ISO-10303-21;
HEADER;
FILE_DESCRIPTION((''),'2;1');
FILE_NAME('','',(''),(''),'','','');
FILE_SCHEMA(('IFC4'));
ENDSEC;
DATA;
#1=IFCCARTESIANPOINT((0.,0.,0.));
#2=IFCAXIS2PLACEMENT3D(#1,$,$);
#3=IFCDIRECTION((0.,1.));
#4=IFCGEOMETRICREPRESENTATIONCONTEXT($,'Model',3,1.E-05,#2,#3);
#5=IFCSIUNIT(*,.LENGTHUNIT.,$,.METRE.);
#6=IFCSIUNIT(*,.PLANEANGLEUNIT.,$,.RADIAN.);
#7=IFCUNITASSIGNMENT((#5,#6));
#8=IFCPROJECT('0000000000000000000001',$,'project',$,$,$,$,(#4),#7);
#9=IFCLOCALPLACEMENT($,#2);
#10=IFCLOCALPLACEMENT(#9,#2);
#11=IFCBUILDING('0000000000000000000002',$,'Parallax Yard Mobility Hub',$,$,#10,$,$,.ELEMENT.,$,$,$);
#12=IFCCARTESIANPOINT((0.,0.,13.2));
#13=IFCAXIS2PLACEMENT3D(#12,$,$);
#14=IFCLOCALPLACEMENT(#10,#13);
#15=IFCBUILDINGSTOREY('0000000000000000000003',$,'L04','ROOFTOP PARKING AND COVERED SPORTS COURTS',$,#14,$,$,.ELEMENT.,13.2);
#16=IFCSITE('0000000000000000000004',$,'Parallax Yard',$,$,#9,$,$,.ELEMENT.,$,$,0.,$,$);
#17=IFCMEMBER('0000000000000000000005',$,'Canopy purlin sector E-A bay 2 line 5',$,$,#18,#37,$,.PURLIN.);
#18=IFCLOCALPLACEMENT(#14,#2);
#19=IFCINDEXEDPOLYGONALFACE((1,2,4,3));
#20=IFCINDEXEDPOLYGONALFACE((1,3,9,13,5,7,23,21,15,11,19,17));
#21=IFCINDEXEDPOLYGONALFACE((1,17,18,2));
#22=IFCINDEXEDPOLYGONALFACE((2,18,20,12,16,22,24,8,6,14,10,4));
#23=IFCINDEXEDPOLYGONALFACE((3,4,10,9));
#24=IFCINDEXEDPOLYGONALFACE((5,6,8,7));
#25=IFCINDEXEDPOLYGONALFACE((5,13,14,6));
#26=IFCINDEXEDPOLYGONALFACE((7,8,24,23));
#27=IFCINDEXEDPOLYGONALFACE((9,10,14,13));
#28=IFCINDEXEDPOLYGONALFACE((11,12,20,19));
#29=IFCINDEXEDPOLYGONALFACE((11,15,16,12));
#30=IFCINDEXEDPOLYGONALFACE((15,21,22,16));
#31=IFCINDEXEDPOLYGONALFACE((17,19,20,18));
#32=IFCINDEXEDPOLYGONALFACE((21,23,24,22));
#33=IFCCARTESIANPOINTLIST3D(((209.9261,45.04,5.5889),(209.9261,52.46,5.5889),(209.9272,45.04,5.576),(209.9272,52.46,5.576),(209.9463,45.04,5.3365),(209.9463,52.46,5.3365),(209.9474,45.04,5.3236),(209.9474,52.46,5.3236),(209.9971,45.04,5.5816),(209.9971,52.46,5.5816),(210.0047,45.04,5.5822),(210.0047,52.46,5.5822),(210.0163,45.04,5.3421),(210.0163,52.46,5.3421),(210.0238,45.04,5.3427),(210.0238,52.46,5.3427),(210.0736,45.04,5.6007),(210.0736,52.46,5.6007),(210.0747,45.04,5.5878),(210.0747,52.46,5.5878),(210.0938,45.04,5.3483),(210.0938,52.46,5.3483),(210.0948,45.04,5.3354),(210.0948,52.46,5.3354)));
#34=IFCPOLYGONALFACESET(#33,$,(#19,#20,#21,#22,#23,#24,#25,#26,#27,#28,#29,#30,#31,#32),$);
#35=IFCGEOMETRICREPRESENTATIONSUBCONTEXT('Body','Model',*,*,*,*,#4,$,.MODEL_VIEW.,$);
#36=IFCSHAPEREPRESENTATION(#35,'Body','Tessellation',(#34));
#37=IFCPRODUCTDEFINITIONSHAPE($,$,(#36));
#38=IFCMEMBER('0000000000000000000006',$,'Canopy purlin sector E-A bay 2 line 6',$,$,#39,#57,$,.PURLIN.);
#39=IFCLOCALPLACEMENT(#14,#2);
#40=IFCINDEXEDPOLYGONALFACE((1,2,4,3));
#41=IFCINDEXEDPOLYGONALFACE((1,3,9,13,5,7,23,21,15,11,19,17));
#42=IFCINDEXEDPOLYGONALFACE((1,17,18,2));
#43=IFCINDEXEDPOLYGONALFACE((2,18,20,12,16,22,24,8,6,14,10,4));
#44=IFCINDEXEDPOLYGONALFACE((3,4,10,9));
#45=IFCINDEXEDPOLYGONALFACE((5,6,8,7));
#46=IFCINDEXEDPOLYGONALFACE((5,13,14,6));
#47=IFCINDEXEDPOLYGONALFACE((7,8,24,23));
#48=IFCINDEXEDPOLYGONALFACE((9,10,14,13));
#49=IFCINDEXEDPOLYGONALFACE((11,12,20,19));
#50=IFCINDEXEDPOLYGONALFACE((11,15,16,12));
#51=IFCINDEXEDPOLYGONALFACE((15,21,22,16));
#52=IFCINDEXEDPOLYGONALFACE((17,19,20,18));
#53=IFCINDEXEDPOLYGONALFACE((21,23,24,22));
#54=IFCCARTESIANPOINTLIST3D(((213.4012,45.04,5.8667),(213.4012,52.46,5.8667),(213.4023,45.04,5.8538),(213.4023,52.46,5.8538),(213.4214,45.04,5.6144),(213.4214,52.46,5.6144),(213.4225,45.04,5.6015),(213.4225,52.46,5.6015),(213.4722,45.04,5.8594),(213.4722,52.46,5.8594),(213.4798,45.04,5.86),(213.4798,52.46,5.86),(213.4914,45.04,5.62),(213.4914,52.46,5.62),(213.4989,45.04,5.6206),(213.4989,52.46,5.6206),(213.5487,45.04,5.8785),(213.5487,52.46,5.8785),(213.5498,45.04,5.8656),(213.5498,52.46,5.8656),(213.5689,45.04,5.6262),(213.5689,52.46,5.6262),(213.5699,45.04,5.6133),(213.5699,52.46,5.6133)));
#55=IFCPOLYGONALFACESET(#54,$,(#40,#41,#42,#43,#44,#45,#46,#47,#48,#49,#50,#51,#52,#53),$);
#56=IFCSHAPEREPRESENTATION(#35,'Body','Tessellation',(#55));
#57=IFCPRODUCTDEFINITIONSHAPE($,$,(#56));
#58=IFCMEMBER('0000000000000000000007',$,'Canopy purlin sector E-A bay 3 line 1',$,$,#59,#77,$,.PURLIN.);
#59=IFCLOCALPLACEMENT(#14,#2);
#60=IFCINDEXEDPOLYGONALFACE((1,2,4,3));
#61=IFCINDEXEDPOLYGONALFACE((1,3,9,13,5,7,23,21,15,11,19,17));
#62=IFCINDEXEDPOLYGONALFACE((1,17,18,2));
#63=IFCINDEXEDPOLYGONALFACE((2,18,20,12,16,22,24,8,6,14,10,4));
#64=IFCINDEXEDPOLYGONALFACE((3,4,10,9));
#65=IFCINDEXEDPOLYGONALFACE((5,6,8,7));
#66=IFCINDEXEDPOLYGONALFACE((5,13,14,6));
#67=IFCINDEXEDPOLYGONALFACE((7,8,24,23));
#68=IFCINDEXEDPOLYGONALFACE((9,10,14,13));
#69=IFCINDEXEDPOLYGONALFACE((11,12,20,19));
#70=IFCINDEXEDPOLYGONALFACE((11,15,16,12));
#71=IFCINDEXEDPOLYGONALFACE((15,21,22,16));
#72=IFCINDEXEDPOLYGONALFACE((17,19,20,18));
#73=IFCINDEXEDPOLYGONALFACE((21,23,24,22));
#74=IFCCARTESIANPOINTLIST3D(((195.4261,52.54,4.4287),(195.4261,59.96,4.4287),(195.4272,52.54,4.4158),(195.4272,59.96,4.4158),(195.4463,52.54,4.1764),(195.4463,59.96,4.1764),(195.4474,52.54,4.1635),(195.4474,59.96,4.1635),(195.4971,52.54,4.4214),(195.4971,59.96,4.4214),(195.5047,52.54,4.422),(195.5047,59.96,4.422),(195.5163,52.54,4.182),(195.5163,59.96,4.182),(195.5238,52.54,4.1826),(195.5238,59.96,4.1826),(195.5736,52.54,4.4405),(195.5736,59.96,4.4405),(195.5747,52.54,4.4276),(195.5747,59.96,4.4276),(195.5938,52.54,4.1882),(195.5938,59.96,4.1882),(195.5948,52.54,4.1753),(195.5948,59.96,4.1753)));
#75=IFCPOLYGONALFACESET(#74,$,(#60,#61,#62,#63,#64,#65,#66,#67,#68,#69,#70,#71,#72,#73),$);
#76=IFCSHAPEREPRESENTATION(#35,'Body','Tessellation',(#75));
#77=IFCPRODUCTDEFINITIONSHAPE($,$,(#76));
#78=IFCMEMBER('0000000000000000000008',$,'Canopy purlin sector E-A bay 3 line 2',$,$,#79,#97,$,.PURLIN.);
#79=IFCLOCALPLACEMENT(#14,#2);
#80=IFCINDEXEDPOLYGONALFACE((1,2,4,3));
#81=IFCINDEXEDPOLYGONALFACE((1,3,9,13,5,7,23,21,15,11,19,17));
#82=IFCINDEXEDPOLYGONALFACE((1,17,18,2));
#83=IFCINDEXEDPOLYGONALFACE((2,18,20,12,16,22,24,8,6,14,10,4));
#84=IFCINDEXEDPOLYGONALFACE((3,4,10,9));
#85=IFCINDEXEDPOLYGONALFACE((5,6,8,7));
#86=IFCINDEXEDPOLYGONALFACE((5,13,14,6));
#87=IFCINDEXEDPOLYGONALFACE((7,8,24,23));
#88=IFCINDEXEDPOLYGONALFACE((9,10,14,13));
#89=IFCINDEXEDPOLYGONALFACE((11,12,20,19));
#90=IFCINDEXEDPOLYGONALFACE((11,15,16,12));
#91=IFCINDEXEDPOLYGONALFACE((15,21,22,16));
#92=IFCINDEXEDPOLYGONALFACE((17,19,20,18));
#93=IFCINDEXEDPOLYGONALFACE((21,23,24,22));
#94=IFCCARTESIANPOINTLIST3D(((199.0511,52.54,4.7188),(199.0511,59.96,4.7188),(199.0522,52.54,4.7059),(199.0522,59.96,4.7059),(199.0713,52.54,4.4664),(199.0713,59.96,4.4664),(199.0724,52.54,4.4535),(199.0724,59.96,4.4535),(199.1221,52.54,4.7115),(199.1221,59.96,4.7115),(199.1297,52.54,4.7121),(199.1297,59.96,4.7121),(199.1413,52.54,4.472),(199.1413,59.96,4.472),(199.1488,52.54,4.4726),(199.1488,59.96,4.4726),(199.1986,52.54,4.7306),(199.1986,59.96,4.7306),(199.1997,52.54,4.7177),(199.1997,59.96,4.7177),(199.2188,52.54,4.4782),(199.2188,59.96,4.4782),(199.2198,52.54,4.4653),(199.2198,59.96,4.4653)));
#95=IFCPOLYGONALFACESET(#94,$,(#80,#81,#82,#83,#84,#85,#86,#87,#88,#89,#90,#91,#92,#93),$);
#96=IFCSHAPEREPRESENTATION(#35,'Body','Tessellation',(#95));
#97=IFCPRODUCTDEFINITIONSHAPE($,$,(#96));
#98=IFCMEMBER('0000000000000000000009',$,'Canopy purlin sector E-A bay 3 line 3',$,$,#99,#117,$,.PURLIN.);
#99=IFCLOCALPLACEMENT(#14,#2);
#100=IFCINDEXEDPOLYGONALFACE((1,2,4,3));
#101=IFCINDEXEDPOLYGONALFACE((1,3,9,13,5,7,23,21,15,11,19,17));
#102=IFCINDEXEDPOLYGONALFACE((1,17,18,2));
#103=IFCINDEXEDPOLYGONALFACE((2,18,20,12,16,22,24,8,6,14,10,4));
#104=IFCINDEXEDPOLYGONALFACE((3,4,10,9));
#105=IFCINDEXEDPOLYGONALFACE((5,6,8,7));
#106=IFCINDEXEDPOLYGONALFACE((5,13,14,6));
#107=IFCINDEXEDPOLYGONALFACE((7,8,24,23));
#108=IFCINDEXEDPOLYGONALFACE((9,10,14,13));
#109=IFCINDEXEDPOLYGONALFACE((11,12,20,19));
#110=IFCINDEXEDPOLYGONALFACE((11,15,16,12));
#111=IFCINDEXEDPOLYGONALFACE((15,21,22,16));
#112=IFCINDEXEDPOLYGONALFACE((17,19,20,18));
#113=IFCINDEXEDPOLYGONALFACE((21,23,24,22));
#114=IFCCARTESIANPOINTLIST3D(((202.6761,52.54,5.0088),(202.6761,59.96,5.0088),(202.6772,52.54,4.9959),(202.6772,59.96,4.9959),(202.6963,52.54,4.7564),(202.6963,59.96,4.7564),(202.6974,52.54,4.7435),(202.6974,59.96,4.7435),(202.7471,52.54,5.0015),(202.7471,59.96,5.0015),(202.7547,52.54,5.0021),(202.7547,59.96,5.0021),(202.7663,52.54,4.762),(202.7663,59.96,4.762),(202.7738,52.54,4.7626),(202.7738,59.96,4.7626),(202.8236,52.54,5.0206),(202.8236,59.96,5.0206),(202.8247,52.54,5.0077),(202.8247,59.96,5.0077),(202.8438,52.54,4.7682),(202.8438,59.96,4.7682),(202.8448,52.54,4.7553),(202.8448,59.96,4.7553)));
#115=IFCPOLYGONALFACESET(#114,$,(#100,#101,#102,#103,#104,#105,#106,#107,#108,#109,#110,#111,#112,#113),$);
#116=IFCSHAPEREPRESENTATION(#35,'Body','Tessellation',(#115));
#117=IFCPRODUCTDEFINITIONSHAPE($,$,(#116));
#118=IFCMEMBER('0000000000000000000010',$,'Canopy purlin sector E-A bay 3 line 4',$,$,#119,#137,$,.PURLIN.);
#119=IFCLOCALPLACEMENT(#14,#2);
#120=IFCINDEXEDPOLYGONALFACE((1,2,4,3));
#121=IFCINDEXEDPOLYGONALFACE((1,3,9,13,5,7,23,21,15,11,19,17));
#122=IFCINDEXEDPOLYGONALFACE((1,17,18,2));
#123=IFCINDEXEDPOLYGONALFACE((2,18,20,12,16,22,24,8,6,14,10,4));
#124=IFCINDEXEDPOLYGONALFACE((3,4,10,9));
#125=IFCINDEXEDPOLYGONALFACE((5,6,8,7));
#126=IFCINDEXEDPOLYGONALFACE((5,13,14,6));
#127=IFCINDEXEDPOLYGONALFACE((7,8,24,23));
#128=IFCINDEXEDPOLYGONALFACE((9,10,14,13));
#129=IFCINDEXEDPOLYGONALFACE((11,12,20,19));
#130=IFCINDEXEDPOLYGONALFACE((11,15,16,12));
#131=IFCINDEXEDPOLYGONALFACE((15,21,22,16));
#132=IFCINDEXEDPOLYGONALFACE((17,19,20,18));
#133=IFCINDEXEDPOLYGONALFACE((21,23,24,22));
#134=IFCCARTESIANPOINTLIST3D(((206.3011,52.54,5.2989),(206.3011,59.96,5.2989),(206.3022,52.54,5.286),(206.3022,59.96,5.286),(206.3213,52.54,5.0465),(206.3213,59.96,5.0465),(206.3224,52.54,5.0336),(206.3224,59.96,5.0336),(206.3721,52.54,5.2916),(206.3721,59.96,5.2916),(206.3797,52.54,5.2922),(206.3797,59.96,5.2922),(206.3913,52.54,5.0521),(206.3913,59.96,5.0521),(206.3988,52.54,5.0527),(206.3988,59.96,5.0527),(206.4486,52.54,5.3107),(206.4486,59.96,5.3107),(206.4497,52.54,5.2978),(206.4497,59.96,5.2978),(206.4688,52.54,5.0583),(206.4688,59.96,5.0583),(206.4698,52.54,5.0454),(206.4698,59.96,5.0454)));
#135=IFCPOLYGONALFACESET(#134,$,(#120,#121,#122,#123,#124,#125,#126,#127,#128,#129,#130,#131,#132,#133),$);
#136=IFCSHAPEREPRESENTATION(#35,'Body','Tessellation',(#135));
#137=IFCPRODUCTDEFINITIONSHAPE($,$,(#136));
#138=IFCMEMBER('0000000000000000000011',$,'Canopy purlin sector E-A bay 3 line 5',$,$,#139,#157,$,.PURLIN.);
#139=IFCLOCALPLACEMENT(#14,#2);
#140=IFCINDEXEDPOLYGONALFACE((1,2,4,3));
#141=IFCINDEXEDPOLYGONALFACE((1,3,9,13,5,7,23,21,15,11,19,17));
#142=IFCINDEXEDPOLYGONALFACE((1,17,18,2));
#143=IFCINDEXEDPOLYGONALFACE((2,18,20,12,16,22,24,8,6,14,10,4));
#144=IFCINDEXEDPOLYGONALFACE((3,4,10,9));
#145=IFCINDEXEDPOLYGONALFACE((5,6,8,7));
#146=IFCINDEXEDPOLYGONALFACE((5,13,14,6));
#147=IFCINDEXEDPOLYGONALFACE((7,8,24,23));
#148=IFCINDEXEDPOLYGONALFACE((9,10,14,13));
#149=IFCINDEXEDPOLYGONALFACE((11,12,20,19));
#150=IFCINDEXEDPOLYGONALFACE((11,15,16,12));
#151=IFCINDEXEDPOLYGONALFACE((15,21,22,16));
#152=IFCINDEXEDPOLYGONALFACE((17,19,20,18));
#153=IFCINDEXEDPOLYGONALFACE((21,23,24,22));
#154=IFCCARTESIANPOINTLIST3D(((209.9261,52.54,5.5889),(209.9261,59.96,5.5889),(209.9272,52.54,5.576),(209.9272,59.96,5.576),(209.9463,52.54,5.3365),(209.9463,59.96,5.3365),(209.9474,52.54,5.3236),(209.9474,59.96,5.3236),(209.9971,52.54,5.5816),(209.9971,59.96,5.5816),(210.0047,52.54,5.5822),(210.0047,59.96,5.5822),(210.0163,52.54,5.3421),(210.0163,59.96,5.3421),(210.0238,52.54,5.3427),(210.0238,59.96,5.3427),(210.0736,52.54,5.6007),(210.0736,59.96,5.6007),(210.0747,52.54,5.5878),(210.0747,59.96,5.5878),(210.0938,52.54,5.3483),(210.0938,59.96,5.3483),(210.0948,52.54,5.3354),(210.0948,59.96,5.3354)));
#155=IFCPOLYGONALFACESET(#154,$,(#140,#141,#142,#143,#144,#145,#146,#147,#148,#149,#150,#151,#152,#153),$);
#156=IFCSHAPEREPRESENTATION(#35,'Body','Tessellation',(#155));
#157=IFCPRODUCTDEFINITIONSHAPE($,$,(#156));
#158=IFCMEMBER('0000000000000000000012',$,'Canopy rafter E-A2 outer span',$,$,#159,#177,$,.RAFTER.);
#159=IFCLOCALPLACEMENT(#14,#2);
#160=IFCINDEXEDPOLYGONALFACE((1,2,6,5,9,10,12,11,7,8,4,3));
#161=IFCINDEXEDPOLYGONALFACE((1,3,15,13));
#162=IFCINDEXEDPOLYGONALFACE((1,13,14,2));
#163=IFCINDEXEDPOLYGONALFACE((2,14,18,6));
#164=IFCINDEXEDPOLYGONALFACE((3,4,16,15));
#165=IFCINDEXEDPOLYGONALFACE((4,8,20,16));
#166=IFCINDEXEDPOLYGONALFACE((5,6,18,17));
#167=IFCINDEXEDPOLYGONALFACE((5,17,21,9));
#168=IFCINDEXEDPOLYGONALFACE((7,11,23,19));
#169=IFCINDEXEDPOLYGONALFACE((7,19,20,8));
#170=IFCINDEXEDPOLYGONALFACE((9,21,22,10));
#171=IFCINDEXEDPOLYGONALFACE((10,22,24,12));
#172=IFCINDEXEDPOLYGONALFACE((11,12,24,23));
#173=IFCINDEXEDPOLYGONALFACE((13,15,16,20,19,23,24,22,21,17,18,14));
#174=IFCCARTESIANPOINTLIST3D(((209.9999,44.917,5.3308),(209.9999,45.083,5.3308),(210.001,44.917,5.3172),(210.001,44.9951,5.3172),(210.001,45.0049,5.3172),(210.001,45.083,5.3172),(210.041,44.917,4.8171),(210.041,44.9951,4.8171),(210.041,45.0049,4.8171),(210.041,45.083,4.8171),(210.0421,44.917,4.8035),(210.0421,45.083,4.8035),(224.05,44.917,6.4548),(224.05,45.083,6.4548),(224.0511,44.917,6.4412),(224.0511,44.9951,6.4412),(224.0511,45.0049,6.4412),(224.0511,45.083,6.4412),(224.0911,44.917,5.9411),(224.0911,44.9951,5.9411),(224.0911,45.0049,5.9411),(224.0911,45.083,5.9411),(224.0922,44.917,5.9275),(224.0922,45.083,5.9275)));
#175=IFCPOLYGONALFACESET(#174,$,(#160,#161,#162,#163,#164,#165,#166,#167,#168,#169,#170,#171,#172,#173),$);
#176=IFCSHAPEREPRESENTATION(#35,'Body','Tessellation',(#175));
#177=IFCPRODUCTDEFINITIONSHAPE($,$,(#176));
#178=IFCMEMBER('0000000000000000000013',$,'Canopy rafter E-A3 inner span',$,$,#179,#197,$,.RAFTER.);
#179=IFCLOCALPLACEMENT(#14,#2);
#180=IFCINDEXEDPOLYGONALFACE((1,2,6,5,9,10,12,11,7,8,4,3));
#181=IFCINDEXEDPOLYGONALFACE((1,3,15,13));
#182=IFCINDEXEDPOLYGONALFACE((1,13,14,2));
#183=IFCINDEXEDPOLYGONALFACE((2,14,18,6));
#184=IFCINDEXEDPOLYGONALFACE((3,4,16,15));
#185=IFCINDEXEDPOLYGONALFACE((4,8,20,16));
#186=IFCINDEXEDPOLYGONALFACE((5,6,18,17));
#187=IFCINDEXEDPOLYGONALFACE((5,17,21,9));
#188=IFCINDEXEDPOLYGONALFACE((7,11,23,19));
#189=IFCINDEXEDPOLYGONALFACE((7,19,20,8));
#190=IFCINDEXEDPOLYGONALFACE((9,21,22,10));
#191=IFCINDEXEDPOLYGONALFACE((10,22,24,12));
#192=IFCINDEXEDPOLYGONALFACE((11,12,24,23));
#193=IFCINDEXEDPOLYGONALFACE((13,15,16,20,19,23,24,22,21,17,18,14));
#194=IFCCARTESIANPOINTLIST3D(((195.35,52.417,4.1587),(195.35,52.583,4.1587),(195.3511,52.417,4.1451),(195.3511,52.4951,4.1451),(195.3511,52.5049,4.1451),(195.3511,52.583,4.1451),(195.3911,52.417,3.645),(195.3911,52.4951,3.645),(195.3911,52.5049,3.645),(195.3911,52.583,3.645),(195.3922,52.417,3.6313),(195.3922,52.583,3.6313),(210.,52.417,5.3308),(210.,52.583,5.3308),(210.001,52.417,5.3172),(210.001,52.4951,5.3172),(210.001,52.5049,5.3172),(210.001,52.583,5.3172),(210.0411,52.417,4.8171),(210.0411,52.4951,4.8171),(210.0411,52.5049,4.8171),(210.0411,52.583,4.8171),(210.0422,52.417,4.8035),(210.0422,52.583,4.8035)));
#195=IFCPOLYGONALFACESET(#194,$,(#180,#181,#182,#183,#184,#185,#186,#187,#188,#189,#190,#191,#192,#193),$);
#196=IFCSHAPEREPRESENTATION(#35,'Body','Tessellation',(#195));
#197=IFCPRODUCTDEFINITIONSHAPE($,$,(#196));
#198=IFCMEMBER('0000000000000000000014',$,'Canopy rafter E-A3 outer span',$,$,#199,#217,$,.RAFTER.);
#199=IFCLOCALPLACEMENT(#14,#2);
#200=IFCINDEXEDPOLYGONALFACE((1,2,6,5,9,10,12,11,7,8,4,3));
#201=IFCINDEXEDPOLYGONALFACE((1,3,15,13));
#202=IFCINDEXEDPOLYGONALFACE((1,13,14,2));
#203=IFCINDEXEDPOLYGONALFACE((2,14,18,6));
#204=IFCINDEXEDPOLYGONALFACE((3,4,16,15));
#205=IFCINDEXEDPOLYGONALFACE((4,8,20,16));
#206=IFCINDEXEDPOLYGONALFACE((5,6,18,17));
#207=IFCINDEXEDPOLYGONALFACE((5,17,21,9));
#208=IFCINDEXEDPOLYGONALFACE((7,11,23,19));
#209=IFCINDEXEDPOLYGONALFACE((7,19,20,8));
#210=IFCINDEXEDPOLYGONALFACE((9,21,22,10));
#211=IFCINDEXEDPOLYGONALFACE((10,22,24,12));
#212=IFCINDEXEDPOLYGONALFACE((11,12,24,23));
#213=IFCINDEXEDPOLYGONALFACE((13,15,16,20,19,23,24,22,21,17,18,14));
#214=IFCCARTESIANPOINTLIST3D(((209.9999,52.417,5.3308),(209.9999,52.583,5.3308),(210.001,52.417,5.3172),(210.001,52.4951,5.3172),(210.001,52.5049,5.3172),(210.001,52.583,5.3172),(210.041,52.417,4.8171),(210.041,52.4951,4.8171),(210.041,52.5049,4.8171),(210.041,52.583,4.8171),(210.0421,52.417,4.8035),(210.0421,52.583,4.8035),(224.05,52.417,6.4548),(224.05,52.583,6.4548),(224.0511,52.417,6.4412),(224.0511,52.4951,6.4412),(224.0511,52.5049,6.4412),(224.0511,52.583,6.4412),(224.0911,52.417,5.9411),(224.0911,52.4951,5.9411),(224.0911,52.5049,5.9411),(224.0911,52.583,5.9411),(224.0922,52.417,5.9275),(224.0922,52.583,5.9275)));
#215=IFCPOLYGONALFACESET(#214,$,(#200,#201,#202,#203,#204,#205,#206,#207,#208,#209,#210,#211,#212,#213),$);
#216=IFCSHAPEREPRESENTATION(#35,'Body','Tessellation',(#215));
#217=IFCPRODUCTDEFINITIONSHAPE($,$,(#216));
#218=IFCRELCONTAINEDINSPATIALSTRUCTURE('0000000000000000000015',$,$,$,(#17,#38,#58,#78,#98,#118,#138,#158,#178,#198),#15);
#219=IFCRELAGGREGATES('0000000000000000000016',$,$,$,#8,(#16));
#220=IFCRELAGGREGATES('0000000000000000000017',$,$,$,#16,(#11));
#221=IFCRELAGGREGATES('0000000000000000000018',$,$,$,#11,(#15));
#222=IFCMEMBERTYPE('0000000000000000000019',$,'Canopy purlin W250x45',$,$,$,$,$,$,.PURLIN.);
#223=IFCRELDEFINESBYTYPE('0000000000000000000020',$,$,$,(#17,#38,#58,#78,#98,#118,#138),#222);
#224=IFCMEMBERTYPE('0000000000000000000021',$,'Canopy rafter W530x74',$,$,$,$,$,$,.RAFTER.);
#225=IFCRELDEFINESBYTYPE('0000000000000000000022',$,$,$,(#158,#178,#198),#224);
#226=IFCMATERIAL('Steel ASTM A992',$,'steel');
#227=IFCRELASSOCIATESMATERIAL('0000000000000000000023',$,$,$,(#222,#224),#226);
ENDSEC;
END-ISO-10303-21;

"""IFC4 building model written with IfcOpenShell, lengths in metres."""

from ifc_helpers import new_model, si_unit, direction, frame, origin, origin_2d, place, context, subcontext, project, spatial, i_section, extrude, material, material_profile, profile_set, type_object, element, save


model = new_model("IFC4")

# Units and contexts
model_context = context("Model", 3, precision=1e-05, world=origin(), true_north=direction((0.0, 1.0)))
body_context = subcontext(model_context, "Body", "Model", "MODEL_VIEW")
ifc_project = project(units=[si_unit("LENGTHUNIT", "METRE"), si_unit("PLANEANGLEUNIT", "RADIAN")], contexts=[model_context])

# Site, building, storey
site_placement = place(None, origin())
site = spatial("IfcSite", under=ifc_project, at=site_placement, Name="Parallax Yard", CompositionType="ELEMENT", RefElevation=0.0)
building_placement = place(site_placement, origin())
building = spatial("IfcBuilding", under=site, at=building_placement, Name="Parallax Yard Mobility Hub", CompositionType="ELEMENT")
storey_placement = place(building_placement, frame((0.0, 0.0, 13.2)))
storey = spatial("IfcBuildingStorey", under=building, at=storey_placement, Name="L04", Description="ROOFTOP PARKING AND COVERED SPORTS COURTS", CompositionType="ELEMENT", Elevation=13.2)

# Shared definitions
ifc_material_1 = material(Name="Steel ASTM A992", Category="steel")

# Members
ifc_material_profile_1 = material_profile(ifc_material_1, i_section(OverallWidth=0.1479, OverallDepth=0.2661, WebThickness=0.0076, FlangeThickness=0.0129, at=origin_2d()), Name="W250x45")
ifc_profile_set_1 = profile_set([ifc_material_profile_1], Name="Steel ASTM A992")
member_type_1 = type_object("IfcMemberType", Name="Canopy purlin W250x45", PredefinedType="PURLIN", material=ifc_profile_set_1)
for number, where, z_axis, x_axis, name in (
    (1, (210.0105, 45.04, 5.4622), (0.0, 1.0, 0.0), (-0.996815, 0.0, -0.079745), "Canopy purlin sector E-A bay 2 line 5"),
    (2, (213.4856, 45.04, 5.74), (0.0, 1.0, 0.0), (-0.996815, 0.0, -0.079745), "Canopy purlin sector E-A bay 2 line 6"),
    (3, (195.5105, 52.54, 4.302), (0.0, 1.0, 0.0), (-0.996815, 0.0, -0.079745), "Canopy purlin sector E-A bay 3 line 1"),
    (4, (199.1355, 52.54, 4.592), (0.0, 1.0, 0.0), (-0.996815, 0.0, -0.079745), "Canopy purlin sector E-A bay 3 line 2"),
    (5, (202.7605, 52.54, 4.8821), (0.0, 1.0, 0.0), (-0.996815, 0.0, -0.079745), "Canopy purlin sector E-A bay 3 line 3"),
    (6, (206.3855, 52.54, 5.1721), (0.0, 1.0, 0.0), (-0.996815, 0.0, -0.079745), "Canopy purlin sector E-A bay 3 line 4"),
    (7, (210.0105, 52.54, 5.4622), (0.0, 1.0, 0.0), (-0.996815, 0.0, -0.079745), "Canopy purlin sector E-A bay 3 line 5"),
):
    element("IfcMember", number, at=place(storey_placement, frame(where, z_axis=z_axis, x_axis=x_axis)), inside=storey, type_object=member_type_1, Name=name, PredefinedType="PURLIN", context=body_context, shape_type="SweptSolid", body=[
        extrude(i_section(OverallWidth=0.1479, OverallDepth=0.2661, WebThickness=0.0076, FlangeThickness=0.0129, at=origin_2d()), origin(), (0.0, 0.0, 1.0), 7.4199),
    ])
ifc_material_profile_2 = material_profile(ifc_material_1, i_section(OverallWidth=0.166, OverallDepth=0.5291, WebThickness=0.0098, FlangeThickness=0.0137, at=origin_2d()), Name="W530x74")
ifc_profile_set_2 = profile_set([ifc_material_profile_2], Name="Steel ASTM A992")
member_type_2 = type_object("IfcMemberType", Name="Canopy rafter W530x74", PredefinedType="RAFTER", material=ifc_profile_set_2)
member_1_placement = place(storey_placement, frame((210.021, 45.0, 5.0671), z_axis=(0.996815, 0.0, 0.079747), x_axis=(0.0, 1.0, 0.0)))
element("IfcMember", 8, at=member_1_placement, inside=storey, type_object=member_type_2, Name="Canopy rafter E-A2 outer span", PredefinedType="RAFTER", context=body_context, shape_type="SweptSolid", body=[
    extrude(i_section(OverallWidth=0.166, OverallDepth=0.5291, WebThickness=0.0098, FlangeThickness=0.0137, at=origin_2d()), origin(), (0.0, 0.0, 1.0), 14.095),
])
member_2_placement = place(storey_placement, frame((195.3711, 52.5, 3.895), z_axis=(0.996815, 0.0, 0.079754), x_axis=(0.0, 1.0, 0.0)))
element("IfcMember", 9, at=member_2_placement, inside=storey, type_object=member_type_2, Name="Canopy rafter E-A3 inner span", PredefinedType="RAFTER", context=body_context, shape_type="SweptSolid", body=[
    extrude(i_section(OverallWidth=0.166, OverallDepth=0.5291, WebThickness=0.0098, FlangeThickness=0.0137, at=origin_2d()), origin(), (0.0, 0.0, 1.0), 14.6968),
])
member_3_placement = place(storey_placement, frame((210.021, 52.5, 5.0671), z_axis=(0.996815, 0.0, 0.079747), x_axis=(0.0, 1.0, 0.0)))
element("IfcMember", 10, at=member_3_placement, inside=storey, type_object=member_type_2, Name="Canopy rafter E-A3 outer span", PredefinedType="RAFTER", context=body_context, shape_type="SweptSolid", body=[
    extrude(i_section(OverallWidth=0.166, OverallDepth=0.5291, WebThickness=0.0098, FlangeThickness=0.0137, at=origin_2d()), origin(), (0.0, 0.0, 1.0), 14.095),
])

save(model, "model.ifc")
